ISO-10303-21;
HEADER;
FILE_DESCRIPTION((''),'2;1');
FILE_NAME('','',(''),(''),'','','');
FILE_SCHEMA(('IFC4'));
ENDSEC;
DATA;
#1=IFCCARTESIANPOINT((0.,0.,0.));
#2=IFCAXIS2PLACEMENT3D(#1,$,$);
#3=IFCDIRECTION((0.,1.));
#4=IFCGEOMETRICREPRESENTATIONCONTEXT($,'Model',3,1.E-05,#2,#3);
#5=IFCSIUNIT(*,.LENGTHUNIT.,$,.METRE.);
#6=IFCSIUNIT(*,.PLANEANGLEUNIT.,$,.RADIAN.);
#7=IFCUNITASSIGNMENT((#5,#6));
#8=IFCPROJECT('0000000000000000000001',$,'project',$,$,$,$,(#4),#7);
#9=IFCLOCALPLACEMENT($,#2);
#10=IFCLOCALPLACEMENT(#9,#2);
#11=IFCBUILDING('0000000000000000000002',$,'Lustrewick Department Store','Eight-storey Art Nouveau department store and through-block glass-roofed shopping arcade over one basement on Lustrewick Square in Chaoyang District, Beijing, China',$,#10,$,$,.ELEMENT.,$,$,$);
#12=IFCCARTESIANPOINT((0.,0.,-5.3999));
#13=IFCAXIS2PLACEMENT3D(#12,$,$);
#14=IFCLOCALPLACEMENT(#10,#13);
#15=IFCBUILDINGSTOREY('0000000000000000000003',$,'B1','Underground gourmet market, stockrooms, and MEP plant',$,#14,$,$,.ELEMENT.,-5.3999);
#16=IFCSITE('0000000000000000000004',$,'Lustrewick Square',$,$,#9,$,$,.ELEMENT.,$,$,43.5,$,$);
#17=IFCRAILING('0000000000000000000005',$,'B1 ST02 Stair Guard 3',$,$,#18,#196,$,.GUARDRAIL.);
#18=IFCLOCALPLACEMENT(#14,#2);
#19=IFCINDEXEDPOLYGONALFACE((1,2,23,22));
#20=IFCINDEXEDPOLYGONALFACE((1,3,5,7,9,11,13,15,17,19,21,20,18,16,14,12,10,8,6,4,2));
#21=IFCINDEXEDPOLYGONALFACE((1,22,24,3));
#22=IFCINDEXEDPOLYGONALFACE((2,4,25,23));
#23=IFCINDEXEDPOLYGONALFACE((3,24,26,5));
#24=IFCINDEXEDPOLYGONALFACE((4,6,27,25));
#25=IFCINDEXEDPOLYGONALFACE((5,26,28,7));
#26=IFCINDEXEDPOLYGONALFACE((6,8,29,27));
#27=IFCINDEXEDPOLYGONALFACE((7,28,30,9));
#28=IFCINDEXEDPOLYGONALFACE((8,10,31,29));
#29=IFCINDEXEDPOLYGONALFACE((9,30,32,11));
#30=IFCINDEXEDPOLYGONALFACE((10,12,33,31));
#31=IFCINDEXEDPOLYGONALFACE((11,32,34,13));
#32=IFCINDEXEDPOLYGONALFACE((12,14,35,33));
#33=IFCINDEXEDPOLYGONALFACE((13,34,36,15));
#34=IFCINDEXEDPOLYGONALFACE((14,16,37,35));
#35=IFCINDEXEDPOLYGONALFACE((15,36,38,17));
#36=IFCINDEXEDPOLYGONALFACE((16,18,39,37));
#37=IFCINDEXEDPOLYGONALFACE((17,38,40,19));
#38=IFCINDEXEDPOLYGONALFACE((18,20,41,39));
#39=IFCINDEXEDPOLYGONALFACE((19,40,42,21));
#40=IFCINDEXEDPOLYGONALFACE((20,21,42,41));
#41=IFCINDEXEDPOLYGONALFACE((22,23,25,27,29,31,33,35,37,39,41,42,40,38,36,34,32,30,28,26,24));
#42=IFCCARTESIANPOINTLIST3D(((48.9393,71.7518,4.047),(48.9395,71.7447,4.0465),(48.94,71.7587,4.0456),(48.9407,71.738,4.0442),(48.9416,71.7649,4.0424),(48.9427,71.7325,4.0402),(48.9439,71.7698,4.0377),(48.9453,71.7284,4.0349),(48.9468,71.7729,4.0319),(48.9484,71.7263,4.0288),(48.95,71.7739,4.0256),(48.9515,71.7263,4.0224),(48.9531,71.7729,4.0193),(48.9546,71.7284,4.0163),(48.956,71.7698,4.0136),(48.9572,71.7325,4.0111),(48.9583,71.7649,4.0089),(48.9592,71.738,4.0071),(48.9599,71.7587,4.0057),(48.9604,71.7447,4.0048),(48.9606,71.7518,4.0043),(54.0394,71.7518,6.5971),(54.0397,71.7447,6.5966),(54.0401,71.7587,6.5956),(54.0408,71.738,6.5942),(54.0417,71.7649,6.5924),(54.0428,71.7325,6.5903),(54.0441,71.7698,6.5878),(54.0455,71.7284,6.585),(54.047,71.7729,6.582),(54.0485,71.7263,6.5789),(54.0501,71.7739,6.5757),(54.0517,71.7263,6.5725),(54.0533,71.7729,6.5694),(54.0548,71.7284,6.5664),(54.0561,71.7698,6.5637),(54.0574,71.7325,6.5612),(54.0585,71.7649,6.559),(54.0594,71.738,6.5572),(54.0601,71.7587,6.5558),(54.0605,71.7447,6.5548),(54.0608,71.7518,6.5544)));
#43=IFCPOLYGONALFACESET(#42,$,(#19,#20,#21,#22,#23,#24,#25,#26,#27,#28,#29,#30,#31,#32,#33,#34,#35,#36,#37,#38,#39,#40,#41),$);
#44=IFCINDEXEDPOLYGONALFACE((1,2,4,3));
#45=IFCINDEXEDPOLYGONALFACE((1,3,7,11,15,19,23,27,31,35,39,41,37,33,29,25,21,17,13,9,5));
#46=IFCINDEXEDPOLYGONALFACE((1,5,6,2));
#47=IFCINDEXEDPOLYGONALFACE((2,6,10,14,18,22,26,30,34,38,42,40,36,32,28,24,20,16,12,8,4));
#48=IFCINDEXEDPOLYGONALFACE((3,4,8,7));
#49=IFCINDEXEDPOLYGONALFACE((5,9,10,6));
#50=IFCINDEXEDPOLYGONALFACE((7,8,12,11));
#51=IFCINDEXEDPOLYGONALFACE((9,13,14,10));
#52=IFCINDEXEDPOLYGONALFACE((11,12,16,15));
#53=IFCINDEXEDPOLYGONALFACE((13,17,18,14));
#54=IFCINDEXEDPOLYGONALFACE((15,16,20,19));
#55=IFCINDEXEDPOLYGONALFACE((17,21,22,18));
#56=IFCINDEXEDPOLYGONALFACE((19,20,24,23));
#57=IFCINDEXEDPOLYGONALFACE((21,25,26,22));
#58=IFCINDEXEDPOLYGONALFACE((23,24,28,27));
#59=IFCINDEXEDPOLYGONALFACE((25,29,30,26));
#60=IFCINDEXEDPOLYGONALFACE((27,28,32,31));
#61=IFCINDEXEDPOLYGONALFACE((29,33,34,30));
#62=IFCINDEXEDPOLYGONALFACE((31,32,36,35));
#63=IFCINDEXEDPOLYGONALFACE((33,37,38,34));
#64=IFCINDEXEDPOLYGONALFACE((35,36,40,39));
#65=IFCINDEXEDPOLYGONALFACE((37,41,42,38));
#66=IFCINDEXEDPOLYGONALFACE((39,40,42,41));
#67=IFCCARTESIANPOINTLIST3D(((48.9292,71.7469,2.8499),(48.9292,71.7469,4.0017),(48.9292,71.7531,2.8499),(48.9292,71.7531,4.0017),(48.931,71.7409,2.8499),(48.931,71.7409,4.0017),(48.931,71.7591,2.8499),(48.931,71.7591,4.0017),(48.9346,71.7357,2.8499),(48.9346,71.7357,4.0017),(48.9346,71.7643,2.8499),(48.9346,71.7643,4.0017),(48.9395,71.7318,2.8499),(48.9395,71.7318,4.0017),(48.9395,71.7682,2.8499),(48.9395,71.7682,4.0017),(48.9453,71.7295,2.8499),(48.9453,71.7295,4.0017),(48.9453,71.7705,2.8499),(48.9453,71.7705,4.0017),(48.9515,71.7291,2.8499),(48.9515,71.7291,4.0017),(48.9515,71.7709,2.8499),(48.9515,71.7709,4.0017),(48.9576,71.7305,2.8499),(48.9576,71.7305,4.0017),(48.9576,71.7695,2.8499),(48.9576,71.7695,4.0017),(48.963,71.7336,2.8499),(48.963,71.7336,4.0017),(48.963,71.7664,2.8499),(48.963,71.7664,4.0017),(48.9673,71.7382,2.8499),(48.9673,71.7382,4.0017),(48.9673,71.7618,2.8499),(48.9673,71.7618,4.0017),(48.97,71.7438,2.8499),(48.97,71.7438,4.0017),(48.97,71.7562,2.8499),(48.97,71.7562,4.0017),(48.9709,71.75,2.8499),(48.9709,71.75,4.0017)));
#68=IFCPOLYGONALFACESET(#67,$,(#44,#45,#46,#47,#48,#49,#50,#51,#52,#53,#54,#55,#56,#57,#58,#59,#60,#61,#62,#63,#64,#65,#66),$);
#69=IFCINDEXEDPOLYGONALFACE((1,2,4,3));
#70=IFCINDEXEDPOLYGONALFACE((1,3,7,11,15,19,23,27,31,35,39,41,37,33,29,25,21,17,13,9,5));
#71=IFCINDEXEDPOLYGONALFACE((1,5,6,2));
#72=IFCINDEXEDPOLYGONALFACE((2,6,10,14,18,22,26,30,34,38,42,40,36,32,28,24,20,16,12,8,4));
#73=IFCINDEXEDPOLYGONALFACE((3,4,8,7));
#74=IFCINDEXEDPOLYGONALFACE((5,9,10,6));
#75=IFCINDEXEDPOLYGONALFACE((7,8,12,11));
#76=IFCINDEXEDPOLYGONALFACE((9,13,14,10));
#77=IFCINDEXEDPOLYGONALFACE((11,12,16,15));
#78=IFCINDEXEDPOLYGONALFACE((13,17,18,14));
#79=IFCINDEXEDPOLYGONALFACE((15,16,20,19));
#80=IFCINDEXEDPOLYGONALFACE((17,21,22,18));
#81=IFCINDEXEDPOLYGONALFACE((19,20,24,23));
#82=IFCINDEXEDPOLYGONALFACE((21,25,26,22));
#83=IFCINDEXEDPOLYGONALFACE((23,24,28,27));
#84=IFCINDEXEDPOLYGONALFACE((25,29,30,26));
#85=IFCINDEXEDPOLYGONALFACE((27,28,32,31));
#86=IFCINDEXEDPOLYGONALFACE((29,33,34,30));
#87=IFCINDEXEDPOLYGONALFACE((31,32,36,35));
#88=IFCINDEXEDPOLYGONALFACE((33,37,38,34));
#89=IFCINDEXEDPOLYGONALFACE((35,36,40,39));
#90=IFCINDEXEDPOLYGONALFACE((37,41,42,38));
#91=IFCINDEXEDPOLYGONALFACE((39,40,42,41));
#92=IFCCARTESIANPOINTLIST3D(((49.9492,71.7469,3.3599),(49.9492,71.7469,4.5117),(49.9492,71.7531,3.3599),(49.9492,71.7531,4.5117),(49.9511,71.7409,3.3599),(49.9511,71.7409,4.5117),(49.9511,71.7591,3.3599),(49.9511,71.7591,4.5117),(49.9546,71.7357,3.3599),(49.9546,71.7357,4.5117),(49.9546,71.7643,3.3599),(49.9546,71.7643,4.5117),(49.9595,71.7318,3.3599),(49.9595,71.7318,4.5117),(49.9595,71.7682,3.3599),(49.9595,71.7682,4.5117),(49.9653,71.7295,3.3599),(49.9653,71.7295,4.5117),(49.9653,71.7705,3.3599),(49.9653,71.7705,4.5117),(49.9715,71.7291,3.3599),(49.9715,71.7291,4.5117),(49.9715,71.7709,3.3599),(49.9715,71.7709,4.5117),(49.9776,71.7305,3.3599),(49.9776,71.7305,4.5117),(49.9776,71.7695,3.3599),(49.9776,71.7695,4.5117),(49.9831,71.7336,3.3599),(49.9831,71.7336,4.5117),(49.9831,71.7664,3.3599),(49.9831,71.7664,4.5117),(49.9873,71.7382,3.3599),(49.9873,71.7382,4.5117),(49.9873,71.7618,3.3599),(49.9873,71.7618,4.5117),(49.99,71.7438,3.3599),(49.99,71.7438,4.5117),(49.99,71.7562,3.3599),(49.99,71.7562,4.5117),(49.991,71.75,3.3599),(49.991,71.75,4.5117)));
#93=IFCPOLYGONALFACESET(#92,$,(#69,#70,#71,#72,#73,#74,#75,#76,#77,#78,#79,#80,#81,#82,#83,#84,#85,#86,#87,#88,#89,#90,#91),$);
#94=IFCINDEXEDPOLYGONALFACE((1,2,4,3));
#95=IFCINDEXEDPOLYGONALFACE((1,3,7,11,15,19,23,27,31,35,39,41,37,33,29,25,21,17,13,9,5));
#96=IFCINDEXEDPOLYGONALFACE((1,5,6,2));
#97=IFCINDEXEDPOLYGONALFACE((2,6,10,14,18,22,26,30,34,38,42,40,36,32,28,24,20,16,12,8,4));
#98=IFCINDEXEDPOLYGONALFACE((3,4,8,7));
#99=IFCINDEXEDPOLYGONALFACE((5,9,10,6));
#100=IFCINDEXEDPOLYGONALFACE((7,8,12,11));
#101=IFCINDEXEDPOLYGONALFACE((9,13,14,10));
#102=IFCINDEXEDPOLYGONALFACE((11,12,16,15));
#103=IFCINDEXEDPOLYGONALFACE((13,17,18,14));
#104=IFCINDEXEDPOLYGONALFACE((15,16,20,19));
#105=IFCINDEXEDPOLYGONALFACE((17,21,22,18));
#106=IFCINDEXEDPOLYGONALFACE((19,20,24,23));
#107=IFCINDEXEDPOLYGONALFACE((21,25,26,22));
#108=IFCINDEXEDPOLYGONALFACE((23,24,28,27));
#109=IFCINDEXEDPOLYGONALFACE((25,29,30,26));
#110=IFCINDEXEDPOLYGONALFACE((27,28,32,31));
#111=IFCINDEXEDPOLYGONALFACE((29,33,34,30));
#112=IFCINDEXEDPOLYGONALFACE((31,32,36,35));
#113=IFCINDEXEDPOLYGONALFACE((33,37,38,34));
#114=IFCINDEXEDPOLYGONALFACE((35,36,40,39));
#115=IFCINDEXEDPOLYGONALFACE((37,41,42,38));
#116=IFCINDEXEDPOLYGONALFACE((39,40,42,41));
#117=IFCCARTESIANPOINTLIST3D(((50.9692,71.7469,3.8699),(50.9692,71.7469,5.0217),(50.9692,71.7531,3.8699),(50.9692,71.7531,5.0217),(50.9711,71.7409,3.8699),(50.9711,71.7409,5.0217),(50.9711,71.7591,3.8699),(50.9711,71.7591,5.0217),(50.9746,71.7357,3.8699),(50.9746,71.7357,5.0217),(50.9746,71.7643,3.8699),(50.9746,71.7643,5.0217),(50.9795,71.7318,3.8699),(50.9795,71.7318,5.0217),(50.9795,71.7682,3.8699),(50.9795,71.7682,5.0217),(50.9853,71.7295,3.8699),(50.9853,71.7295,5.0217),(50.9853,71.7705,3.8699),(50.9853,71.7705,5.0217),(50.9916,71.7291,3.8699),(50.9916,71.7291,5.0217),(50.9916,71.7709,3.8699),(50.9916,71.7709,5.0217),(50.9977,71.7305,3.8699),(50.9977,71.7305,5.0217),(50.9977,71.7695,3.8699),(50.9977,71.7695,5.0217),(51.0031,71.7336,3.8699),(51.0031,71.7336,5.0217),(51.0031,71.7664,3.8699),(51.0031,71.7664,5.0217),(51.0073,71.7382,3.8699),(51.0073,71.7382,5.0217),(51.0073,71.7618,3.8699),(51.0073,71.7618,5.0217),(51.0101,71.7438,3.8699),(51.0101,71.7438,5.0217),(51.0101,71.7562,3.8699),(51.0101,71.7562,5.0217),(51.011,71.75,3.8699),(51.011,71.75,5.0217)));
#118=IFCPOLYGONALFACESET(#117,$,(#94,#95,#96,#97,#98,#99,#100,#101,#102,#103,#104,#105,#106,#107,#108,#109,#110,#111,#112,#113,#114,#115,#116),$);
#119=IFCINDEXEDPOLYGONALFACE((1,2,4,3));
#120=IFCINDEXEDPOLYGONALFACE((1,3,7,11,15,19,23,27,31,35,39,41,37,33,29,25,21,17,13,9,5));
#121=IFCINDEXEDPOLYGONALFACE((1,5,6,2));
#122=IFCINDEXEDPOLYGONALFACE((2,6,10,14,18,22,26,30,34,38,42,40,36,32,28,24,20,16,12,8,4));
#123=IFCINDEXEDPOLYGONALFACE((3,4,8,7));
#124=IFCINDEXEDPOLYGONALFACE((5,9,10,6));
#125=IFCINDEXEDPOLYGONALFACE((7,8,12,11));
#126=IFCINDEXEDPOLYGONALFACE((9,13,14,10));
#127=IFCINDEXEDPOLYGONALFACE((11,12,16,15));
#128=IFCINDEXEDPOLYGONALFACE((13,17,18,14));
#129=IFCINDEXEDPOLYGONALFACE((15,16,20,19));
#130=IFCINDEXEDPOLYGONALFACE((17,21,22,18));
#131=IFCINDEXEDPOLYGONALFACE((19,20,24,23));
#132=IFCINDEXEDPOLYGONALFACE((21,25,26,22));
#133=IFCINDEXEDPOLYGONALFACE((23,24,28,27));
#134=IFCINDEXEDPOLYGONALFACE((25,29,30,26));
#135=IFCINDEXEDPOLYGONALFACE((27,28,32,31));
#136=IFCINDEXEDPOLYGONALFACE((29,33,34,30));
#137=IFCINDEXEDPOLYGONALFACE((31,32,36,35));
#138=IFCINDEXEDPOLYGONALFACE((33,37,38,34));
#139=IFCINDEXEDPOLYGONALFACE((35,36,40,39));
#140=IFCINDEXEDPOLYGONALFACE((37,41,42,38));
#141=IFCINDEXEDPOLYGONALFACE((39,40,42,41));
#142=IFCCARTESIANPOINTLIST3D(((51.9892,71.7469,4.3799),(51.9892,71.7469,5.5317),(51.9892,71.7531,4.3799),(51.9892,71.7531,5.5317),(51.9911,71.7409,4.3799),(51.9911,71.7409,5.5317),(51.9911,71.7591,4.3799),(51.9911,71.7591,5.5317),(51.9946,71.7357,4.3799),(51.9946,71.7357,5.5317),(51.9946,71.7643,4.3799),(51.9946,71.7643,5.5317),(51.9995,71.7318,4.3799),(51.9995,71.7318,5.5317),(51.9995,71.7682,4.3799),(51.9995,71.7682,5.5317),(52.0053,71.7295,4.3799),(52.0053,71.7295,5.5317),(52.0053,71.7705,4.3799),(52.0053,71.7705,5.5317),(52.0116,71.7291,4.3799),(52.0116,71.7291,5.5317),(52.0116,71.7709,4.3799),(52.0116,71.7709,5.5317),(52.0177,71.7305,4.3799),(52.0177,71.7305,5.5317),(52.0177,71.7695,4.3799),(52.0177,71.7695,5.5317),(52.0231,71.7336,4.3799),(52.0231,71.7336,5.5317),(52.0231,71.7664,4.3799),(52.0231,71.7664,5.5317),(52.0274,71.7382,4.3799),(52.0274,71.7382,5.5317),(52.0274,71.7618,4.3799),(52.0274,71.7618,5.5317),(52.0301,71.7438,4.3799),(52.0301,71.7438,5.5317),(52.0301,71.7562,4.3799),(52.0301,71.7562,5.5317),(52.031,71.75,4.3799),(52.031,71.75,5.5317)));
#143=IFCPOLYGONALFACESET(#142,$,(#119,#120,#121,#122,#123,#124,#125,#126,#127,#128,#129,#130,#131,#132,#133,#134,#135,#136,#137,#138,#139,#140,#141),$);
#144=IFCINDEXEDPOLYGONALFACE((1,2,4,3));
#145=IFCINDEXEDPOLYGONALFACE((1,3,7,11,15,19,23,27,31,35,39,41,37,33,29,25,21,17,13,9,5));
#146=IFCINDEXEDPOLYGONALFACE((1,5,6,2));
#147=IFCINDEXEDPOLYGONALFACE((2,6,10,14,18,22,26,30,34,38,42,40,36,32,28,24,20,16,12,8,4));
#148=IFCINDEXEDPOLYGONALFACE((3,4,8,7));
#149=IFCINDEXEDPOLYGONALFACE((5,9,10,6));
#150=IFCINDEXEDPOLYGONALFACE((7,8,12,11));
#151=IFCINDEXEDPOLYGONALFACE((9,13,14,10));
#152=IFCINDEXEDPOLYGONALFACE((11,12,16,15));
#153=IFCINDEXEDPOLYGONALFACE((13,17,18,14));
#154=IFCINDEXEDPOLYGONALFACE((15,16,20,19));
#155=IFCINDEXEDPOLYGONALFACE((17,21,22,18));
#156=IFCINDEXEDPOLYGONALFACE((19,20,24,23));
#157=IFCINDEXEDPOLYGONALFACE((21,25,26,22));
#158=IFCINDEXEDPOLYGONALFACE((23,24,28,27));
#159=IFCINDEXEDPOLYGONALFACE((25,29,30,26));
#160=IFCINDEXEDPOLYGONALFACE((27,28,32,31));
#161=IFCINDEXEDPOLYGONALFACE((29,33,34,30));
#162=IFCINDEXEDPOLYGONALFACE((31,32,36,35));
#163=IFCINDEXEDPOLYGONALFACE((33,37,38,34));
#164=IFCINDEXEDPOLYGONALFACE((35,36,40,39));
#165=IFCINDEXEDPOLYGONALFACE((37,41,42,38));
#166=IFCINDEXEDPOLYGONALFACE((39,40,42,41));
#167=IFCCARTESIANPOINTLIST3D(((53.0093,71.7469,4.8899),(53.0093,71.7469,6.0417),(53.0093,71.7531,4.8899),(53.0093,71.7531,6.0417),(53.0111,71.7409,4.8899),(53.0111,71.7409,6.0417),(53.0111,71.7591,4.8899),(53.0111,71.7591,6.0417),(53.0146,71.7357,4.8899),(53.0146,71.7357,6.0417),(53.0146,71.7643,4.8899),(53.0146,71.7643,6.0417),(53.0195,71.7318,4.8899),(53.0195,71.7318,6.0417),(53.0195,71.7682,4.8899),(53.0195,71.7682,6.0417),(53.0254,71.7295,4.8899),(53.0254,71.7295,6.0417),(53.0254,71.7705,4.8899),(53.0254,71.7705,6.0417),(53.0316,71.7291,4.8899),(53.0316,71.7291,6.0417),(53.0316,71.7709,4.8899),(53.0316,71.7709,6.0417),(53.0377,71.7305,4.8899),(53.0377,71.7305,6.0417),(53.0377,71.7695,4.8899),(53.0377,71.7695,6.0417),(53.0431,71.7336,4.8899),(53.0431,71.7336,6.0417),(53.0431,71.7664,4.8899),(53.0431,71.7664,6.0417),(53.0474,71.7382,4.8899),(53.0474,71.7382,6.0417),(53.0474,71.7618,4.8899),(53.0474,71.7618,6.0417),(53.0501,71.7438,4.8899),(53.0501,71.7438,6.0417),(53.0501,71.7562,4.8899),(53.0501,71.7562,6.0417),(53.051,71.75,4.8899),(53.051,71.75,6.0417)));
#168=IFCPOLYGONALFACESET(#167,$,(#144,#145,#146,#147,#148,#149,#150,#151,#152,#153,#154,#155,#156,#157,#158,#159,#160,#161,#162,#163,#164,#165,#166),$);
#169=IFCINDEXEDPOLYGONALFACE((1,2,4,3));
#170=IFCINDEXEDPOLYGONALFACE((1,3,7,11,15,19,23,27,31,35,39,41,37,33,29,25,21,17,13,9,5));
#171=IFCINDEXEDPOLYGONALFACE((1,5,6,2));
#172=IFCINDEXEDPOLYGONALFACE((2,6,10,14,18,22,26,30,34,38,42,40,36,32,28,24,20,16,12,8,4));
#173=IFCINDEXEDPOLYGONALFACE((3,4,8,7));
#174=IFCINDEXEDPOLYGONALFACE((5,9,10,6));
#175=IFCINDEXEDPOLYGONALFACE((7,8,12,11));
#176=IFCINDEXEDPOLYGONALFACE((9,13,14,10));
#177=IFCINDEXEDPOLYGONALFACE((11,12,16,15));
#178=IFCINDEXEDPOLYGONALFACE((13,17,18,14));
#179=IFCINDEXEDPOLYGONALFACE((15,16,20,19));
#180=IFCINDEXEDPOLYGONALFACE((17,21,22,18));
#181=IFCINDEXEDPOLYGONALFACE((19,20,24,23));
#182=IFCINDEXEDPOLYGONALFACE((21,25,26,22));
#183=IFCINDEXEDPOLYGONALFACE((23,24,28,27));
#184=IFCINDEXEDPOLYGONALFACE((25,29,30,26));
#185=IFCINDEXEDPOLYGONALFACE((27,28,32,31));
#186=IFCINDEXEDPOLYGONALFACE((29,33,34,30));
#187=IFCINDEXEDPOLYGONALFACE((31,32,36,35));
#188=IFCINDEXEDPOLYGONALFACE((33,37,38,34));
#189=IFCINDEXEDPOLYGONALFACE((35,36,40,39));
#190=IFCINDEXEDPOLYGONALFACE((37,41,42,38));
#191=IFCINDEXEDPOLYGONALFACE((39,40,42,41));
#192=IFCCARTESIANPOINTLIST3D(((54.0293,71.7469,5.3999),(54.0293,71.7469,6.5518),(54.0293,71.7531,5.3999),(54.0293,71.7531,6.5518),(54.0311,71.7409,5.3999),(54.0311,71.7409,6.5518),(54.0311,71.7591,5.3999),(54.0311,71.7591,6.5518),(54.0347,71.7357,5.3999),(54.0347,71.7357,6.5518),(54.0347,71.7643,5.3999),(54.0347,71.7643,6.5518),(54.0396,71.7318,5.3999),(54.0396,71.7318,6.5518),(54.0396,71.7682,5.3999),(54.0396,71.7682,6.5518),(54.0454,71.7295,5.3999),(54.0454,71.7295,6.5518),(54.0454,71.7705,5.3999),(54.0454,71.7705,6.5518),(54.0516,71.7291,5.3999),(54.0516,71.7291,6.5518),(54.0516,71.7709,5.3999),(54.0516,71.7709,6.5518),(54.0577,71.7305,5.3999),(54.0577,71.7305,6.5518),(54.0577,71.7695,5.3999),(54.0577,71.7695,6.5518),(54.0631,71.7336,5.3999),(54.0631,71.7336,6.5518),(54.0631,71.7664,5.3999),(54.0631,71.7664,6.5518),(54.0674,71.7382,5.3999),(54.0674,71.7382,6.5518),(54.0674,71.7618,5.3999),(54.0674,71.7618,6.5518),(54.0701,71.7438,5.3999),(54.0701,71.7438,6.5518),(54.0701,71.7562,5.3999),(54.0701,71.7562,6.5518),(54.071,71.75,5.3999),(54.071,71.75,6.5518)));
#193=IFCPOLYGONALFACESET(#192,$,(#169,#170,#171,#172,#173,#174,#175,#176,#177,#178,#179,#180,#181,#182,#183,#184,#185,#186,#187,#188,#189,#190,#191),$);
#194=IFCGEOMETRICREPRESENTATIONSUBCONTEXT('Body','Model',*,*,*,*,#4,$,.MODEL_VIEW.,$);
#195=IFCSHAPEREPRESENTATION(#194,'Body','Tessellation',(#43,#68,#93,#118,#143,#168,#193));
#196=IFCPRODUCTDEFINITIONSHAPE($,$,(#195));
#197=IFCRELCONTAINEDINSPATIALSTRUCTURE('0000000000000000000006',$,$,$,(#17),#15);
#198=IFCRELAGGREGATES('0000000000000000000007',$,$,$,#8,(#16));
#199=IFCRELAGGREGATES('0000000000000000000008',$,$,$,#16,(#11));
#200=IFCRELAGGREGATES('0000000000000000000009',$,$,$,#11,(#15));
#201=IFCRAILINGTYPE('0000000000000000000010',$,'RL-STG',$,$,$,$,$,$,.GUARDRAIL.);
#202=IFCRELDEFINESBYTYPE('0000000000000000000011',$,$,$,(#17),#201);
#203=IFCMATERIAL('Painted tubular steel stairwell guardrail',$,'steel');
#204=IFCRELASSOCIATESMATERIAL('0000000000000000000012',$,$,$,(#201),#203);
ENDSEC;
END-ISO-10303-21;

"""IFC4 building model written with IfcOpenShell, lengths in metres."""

from ifc_helpers import new_model, si_unit, direction, frame, origin, origin_2d, place, context, subcontext, project, spatial, circle, extrude, material, type_object, element, save


model = new_model("IFC4")

# Units and contexts
model_context = context("Model", 3, precision=1e-05, world=origin(), true_north=direction((0.0, 1.0)))
body_context = subcontext(model_context, "Body", "Model", "MODEL_VIEW")
ifc_project = project(units=[si_unit("LENGTHUNIT", "METRE"), si_unit("PLANEANGLEUNIT", "RADIAN")], contexts=[model_context])

# Site, building, storey
site_placement = place(None, origin())
site = spatial("IfcSite", under=ifc_project, at=site_placement, Name="Lustrewick Square", CompositionType="ELEMENT", RefElevation=43.5)
building_placement = place(site_placement, origin())
building = spatial("IfcBuilding", under=site, at=building_placement, Name="Lustrewick Department Store", Description="Eight-storey Art Nouveau department store and through-block glass-roofed shopping arcade over one basement on Lustrewick Square in Chaoyang District, Beijing, China", CompositionType="ELEMENT")
storey_placement = place(building_placement, frame((0.0, 0.0, -5.3999)))
storey = spatial("IfcBuildingStorey", under=building, at=storey_placement, Name="B1", Description="Underground gourmet market, stockrooms, and MEP plant", CompositionType="ELEMENT", Elevation=-5.3999)

# Railing
ifc_material_1 = material(Name="Painted tubular steel stairwell guardrail", Category="steel")
railing_type_1 = type_object("IfcRailingType", Name="RL-STG", PredefinedType="GUARDRAIL", material=ifc_material_1)
railing_1_placement = place(storey_placement, frame((48.95, 71.75, 2.8499)))
element("IfcRailing", 1, at=railing_1_placement, inside=storey, type_object=railing_type_1, Name="B1 ST02 Stair Guard 3", PredefinedType="GUARDRAIL", context=body_context, shape_type="SweptSolid", body=[
    extrude(circle(Radius=0.0239, at=origin_2d()), frame((0.0, 0.0, 1.1758), z_axis=(0.894427, 0.0, 0.447214), x_axis=(0.0, 1.0, 0.0)), (0.0, 0.0, 1.0), 5.7021),
    extrude(circle(Radius=0.021, at=origin_2d()), origin(), (0.0, 0.0, 1.0), 1.1519),
    extrude(circle(Radius=0.021, at=origin_2d()), frame((1.02, 0.0, 0.51)), (0.0, 0.0, 1.0), 1.1519),
    extrude(circle(Radius=0.021, at=origin_2d()), frame((2.04, 0.0, 1.02)), (0.0, 0.0, 1.0), 1.1519),
    extrude(circle(Radius=0.021, at=origin_2d()), frame((3.0601, 0.0, 1.53)), (0.0, 0.0, 1.0), 1.1519),
    extrude(circle(Radius=0.021, at=origin_2d()), frame((4.0801, 0.0, 2.04)), (0.0, 0.0, 1.0), 1.1519),
    extrude(circle(Radius=0.021, at=origin_2d()), frame((5.1001, 0.0, 2.55)), (0.0, 0.0, 1.0), 1.1519),
])

save(model, "model.ifc")
